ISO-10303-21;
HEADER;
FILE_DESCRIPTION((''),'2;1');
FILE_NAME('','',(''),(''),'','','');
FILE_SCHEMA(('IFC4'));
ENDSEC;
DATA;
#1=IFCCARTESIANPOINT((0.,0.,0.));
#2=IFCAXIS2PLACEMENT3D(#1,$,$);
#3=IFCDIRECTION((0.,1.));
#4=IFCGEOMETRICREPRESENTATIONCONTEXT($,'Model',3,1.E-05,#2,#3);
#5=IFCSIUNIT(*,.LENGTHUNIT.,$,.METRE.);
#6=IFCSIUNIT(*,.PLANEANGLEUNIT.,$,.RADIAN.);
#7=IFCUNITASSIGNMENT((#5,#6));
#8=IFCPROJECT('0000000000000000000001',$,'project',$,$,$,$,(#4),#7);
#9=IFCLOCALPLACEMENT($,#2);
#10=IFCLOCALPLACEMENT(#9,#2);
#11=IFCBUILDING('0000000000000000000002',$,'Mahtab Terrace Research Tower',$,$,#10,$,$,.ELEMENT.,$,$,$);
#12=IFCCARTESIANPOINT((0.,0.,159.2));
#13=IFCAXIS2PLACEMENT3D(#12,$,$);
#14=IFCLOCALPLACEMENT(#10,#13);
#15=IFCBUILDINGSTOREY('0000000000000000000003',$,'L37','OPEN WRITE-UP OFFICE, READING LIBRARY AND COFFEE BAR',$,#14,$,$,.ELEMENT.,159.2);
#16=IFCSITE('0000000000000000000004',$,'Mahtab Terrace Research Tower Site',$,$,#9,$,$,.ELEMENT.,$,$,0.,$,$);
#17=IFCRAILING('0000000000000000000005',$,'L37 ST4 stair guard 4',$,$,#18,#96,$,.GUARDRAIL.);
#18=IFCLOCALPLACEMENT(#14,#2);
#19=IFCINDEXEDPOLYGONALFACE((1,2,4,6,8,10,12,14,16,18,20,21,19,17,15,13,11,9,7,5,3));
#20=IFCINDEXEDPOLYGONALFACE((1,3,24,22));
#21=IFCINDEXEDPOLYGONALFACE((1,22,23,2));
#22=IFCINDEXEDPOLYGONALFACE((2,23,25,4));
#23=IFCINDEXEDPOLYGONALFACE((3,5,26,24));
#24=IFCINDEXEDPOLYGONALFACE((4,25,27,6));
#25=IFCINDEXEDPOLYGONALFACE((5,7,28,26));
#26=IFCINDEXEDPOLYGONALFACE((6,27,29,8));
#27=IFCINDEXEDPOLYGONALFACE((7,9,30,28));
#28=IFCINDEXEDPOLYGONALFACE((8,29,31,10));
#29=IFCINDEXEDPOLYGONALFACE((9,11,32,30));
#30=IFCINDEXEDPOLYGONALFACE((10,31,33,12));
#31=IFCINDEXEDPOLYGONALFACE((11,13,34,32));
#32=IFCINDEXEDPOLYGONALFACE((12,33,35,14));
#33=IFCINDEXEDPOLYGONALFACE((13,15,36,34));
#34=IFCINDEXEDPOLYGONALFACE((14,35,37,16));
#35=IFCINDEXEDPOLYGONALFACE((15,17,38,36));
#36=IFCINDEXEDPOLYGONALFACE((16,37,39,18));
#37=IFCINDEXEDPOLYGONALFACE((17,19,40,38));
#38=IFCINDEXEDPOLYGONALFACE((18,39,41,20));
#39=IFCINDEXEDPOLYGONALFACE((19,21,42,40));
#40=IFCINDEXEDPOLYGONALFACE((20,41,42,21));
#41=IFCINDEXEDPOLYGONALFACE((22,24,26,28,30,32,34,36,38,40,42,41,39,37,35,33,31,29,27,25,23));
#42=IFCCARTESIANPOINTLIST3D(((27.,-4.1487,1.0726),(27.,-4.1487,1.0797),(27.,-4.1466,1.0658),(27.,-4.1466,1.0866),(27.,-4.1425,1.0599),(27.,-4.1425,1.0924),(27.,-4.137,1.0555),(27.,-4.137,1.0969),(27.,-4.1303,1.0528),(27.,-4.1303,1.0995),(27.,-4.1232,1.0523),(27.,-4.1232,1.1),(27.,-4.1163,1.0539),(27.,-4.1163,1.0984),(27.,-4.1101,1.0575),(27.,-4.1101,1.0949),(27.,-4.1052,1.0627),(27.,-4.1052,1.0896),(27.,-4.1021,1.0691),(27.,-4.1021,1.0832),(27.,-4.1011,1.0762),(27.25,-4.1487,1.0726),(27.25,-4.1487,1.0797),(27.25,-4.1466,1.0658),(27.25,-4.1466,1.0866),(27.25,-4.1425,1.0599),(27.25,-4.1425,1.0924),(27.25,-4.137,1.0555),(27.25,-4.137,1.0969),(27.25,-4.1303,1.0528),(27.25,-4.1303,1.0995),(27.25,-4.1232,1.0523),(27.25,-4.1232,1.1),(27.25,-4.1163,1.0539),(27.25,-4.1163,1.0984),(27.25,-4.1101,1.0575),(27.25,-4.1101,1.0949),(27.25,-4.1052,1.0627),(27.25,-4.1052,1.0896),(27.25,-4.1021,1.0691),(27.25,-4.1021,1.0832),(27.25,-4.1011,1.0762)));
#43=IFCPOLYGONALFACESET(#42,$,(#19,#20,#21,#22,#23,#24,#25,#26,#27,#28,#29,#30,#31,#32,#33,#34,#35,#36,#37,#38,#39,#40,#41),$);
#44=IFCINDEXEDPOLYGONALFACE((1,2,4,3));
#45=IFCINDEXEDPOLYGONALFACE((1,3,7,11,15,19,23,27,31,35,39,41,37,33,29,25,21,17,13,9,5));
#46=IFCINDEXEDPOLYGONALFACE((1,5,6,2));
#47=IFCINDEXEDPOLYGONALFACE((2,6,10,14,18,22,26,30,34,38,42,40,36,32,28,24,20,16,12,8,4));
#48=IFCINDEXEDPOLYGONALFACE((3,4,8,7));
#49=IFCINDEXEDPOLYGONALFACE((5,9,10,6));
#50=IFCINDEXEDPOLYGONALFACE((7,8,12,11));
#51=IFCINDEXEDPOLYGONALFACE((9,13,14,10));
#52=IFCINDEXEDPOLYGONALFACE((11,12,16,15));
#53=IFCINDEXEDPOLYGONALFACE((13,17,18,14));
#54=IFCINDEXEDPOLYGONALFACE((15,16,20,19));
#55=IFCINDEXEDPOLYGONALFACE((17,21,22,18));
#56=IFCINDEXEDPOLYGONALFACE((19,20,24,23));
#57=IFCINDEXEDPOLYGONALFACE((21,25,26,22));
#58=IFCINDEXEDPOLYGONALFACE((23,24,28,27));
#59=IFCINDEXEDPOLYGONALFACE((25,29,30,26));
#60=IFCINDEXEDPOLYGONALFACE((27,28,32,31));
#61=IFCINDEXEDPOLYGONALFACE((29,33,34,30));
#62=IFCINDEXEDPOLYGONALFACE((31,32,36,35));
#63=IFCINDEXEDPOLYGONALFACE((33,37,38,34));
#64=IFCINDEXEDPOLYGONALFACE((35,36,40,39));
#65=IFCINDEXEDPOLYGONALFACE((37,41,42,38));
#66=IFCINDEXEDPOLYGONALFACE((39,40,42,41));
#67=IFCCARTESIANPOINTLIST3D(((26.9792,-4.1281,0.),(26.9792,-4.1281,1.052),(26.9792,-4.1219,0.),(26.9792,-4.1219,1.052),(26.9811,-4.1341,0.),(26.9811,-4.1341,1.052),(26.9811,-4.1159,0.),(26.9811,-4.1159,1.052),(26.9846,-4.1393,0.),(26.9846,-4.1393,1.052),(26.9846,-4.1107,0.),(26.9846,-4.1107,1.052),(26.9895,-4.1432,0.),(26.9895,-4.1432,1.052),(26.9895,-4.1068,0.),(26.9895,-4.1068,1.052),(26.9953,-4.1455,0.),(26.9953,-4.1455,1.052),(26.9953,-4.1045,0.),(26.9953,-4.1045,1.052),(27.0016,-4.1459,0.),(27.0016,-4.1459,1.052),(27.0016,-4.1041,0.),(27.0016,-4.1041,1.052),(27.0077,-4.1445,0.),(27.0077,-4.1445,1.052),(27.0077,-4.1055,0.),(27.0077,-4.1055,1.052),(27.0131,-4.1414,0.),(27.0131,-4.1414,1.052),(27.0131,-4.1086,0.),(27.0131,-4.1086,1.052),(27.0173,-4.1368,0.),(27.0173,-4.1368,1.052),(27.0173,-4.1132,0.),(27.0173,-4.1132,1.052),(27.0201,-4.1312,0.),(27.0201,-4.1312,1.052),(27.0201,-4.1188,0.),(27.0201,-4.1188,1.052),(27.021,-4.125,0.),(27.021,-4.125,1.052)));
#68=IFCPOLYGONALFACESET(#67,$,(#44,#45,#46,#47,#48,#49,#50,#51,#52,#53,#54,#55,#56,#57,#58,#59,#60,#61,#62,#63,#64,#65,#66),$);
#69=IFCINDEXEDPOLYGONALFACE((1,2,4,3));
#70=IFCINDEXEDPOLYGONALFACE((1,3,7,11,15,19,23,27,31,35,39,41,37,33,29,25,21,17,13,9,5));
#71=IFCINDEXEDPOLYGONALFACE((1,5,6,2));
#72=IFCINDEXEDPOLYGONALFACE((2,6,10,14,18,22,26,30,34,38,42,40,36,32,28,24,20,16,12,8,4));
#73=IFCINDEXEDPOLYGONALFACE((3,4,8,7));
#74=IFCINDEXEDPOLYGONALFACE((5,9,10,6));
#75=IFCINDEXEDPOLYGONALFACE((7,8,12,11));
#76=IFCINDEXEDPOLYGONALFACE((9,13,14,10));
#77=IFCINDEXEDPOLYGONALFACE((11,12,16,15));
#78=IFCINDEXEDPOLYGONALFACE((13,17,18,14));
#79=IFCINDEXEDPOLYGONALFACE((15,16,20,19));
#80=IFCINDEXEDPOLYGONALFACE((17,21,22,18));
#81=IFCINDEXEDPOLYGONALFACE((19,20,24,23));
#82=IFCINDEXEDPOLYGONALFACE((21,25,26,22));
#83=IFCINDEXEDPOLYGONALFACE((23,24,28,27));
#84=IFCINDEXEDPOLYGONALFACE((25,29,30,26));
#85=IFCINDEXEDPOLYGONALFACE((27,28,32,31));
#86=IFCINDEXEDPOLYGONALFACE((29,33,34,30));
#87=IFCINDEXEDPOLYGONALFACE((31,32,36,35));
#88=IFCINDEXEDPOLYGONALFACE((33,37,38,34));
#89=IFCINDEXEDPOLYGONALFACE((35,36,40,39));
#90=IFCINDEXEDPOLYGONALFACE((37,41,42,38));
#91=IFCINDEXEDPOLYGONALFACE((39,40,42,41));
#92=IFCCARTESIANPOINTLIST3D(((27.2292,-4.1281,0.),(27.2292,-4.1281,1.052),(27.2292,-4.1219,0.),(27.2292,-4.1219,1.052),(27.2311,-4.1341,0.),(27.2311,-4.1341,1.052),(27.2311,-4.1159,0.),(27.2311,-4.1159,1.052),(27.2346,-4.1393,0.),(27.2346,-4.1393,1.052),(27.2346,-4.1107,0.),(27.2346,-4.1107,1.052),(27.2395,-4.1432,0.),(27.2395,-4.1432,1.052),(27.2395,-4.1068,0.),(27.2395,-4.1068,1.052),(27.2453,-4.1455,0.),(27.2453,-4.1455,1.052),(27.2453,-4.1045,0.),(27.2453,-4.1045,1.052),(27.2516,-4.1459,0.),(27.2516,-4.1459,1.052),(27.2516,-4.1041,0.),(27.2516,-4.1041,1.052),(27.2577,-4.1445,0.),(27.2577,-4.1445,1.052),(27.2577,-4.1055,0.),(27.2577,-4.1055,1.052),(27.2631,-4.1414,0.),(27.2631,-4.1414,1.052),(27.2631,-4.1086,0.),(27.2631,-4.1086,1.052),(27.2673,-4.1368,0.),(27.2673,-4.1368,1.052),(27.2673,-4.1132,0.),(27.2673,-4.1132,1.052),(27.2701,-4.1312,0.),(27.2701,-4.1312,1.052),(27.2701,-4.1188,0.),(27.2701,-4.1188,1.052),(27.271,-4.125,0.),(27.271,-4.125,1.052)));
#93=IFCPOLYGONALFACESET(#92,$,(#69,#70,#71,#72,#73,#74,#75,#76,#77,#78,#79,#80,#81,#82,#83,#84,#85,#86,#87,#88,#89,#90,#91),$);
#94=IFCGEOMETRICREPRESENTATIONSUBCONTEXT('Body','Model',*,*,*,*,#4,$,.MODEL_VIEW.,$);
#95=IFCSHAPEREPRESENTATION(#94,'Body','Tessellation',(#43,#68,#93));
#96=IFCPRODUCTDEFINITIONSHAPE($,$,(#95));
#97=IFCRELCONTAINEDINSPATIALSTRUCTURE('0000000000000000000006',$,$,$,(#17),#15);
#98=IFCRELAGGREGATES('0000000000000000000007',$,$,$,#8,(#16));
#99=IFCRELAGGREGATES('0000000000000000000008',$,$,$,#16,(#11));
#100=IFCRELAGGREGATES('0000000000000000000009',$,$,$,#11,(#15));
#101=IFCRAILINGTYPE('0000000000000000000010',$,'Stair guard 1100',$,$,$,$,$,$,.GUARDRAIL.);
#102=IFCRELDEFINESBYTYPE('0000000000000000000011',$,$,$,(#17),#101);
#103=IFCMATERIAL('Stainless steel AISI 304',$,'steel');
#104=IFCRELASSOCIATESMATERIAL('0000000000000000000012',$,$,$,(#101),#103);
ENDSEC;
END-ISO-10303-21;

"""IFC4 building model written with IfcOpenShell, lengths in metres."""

from ifc_helpers import new_model, si_unit, direction, frame, origin, origin_2d, place, context, subcontext, project, spatial, circle, extrude, material, type_object, element, save


model = new_model("IFC4")

# Units and contexts
model_context = context("Model", 3, precision=1e-05, world=origin(), true_north=direction((0.0, 1.0)))
body_context = subcontext(model_context, "Body", "Model", "MODEL_VIEW")
ifc_project = project(units=[si_unit("LENGTHUNIT", "METRE"), si_unit("PLANEANGLEUNIT", "RADIAN")], contexts=[model_context])

# Site, building, storey
site_placement = place(None, origin())
site = spatial("IfcSite", under=ifc_project, at=site_placement, Name="Mahtab Terrace Research Tower Site", CompositionType="ELEMENT", RefElevation=0.0)
building_placement = place(site_placement, origin())
building = spatial("IfcBuilding", under=site, at=building_placement, Name="Mahtab Terrace Research Tower", CompositionType="ELEMENT")
storey_placement = place(building_placement, frame((0.0, 0.0, 159.2)))
storey = spatial("IfcBuildingStorey", under=building, at=storey_placement, Name="L37", Description="OPEN WRITE-UP OFFICE, READING LIBRARY AND COFFEE BAR", CompositionType="ELEMENT", Elevation=159.2)

# Railing
ifc_material_1 = material(Name="Stainless steel AISI 304", Category="steel")
railing_type_1 = type_object("IfcRailingType", Name="Stair guard 1100", PredefinedType="GUARDRAIL", material=ifc_material_1)
railing_1_placement = place(storey_placement, frame((27.0, -4.125, 0.0)))
element("IfcRailing", 1, at=railing_1_placement, inside=storey, type_object=railing_type_1, Name="L37 ST4 stair guard 4", PredefinedType="GUARDRAIL", context=body_context, shape_type="SweptSolid", body=[
    extrude(circle(Radius=0.0239, at=origin_2d()), frame((0.0, 0.0, 1.0762), z_axis=(1.0, 0.0, 0.0), x_axis=(0.0, 1.0, 0.0)), (0.0, 0.0, 1.0), 0.25),
    extrude(circle(Radius=0.021, at=origin_2d()), origin(), (0.0, 0.0, 1.0), 1.052),
    extrude(circle(Radius=0.021, at=origin_2d()), frame((0.25, 0.0, 0.0)), (0.0, 0.0, 1.0), 1.052),
])

save(model, "model.ifc")
